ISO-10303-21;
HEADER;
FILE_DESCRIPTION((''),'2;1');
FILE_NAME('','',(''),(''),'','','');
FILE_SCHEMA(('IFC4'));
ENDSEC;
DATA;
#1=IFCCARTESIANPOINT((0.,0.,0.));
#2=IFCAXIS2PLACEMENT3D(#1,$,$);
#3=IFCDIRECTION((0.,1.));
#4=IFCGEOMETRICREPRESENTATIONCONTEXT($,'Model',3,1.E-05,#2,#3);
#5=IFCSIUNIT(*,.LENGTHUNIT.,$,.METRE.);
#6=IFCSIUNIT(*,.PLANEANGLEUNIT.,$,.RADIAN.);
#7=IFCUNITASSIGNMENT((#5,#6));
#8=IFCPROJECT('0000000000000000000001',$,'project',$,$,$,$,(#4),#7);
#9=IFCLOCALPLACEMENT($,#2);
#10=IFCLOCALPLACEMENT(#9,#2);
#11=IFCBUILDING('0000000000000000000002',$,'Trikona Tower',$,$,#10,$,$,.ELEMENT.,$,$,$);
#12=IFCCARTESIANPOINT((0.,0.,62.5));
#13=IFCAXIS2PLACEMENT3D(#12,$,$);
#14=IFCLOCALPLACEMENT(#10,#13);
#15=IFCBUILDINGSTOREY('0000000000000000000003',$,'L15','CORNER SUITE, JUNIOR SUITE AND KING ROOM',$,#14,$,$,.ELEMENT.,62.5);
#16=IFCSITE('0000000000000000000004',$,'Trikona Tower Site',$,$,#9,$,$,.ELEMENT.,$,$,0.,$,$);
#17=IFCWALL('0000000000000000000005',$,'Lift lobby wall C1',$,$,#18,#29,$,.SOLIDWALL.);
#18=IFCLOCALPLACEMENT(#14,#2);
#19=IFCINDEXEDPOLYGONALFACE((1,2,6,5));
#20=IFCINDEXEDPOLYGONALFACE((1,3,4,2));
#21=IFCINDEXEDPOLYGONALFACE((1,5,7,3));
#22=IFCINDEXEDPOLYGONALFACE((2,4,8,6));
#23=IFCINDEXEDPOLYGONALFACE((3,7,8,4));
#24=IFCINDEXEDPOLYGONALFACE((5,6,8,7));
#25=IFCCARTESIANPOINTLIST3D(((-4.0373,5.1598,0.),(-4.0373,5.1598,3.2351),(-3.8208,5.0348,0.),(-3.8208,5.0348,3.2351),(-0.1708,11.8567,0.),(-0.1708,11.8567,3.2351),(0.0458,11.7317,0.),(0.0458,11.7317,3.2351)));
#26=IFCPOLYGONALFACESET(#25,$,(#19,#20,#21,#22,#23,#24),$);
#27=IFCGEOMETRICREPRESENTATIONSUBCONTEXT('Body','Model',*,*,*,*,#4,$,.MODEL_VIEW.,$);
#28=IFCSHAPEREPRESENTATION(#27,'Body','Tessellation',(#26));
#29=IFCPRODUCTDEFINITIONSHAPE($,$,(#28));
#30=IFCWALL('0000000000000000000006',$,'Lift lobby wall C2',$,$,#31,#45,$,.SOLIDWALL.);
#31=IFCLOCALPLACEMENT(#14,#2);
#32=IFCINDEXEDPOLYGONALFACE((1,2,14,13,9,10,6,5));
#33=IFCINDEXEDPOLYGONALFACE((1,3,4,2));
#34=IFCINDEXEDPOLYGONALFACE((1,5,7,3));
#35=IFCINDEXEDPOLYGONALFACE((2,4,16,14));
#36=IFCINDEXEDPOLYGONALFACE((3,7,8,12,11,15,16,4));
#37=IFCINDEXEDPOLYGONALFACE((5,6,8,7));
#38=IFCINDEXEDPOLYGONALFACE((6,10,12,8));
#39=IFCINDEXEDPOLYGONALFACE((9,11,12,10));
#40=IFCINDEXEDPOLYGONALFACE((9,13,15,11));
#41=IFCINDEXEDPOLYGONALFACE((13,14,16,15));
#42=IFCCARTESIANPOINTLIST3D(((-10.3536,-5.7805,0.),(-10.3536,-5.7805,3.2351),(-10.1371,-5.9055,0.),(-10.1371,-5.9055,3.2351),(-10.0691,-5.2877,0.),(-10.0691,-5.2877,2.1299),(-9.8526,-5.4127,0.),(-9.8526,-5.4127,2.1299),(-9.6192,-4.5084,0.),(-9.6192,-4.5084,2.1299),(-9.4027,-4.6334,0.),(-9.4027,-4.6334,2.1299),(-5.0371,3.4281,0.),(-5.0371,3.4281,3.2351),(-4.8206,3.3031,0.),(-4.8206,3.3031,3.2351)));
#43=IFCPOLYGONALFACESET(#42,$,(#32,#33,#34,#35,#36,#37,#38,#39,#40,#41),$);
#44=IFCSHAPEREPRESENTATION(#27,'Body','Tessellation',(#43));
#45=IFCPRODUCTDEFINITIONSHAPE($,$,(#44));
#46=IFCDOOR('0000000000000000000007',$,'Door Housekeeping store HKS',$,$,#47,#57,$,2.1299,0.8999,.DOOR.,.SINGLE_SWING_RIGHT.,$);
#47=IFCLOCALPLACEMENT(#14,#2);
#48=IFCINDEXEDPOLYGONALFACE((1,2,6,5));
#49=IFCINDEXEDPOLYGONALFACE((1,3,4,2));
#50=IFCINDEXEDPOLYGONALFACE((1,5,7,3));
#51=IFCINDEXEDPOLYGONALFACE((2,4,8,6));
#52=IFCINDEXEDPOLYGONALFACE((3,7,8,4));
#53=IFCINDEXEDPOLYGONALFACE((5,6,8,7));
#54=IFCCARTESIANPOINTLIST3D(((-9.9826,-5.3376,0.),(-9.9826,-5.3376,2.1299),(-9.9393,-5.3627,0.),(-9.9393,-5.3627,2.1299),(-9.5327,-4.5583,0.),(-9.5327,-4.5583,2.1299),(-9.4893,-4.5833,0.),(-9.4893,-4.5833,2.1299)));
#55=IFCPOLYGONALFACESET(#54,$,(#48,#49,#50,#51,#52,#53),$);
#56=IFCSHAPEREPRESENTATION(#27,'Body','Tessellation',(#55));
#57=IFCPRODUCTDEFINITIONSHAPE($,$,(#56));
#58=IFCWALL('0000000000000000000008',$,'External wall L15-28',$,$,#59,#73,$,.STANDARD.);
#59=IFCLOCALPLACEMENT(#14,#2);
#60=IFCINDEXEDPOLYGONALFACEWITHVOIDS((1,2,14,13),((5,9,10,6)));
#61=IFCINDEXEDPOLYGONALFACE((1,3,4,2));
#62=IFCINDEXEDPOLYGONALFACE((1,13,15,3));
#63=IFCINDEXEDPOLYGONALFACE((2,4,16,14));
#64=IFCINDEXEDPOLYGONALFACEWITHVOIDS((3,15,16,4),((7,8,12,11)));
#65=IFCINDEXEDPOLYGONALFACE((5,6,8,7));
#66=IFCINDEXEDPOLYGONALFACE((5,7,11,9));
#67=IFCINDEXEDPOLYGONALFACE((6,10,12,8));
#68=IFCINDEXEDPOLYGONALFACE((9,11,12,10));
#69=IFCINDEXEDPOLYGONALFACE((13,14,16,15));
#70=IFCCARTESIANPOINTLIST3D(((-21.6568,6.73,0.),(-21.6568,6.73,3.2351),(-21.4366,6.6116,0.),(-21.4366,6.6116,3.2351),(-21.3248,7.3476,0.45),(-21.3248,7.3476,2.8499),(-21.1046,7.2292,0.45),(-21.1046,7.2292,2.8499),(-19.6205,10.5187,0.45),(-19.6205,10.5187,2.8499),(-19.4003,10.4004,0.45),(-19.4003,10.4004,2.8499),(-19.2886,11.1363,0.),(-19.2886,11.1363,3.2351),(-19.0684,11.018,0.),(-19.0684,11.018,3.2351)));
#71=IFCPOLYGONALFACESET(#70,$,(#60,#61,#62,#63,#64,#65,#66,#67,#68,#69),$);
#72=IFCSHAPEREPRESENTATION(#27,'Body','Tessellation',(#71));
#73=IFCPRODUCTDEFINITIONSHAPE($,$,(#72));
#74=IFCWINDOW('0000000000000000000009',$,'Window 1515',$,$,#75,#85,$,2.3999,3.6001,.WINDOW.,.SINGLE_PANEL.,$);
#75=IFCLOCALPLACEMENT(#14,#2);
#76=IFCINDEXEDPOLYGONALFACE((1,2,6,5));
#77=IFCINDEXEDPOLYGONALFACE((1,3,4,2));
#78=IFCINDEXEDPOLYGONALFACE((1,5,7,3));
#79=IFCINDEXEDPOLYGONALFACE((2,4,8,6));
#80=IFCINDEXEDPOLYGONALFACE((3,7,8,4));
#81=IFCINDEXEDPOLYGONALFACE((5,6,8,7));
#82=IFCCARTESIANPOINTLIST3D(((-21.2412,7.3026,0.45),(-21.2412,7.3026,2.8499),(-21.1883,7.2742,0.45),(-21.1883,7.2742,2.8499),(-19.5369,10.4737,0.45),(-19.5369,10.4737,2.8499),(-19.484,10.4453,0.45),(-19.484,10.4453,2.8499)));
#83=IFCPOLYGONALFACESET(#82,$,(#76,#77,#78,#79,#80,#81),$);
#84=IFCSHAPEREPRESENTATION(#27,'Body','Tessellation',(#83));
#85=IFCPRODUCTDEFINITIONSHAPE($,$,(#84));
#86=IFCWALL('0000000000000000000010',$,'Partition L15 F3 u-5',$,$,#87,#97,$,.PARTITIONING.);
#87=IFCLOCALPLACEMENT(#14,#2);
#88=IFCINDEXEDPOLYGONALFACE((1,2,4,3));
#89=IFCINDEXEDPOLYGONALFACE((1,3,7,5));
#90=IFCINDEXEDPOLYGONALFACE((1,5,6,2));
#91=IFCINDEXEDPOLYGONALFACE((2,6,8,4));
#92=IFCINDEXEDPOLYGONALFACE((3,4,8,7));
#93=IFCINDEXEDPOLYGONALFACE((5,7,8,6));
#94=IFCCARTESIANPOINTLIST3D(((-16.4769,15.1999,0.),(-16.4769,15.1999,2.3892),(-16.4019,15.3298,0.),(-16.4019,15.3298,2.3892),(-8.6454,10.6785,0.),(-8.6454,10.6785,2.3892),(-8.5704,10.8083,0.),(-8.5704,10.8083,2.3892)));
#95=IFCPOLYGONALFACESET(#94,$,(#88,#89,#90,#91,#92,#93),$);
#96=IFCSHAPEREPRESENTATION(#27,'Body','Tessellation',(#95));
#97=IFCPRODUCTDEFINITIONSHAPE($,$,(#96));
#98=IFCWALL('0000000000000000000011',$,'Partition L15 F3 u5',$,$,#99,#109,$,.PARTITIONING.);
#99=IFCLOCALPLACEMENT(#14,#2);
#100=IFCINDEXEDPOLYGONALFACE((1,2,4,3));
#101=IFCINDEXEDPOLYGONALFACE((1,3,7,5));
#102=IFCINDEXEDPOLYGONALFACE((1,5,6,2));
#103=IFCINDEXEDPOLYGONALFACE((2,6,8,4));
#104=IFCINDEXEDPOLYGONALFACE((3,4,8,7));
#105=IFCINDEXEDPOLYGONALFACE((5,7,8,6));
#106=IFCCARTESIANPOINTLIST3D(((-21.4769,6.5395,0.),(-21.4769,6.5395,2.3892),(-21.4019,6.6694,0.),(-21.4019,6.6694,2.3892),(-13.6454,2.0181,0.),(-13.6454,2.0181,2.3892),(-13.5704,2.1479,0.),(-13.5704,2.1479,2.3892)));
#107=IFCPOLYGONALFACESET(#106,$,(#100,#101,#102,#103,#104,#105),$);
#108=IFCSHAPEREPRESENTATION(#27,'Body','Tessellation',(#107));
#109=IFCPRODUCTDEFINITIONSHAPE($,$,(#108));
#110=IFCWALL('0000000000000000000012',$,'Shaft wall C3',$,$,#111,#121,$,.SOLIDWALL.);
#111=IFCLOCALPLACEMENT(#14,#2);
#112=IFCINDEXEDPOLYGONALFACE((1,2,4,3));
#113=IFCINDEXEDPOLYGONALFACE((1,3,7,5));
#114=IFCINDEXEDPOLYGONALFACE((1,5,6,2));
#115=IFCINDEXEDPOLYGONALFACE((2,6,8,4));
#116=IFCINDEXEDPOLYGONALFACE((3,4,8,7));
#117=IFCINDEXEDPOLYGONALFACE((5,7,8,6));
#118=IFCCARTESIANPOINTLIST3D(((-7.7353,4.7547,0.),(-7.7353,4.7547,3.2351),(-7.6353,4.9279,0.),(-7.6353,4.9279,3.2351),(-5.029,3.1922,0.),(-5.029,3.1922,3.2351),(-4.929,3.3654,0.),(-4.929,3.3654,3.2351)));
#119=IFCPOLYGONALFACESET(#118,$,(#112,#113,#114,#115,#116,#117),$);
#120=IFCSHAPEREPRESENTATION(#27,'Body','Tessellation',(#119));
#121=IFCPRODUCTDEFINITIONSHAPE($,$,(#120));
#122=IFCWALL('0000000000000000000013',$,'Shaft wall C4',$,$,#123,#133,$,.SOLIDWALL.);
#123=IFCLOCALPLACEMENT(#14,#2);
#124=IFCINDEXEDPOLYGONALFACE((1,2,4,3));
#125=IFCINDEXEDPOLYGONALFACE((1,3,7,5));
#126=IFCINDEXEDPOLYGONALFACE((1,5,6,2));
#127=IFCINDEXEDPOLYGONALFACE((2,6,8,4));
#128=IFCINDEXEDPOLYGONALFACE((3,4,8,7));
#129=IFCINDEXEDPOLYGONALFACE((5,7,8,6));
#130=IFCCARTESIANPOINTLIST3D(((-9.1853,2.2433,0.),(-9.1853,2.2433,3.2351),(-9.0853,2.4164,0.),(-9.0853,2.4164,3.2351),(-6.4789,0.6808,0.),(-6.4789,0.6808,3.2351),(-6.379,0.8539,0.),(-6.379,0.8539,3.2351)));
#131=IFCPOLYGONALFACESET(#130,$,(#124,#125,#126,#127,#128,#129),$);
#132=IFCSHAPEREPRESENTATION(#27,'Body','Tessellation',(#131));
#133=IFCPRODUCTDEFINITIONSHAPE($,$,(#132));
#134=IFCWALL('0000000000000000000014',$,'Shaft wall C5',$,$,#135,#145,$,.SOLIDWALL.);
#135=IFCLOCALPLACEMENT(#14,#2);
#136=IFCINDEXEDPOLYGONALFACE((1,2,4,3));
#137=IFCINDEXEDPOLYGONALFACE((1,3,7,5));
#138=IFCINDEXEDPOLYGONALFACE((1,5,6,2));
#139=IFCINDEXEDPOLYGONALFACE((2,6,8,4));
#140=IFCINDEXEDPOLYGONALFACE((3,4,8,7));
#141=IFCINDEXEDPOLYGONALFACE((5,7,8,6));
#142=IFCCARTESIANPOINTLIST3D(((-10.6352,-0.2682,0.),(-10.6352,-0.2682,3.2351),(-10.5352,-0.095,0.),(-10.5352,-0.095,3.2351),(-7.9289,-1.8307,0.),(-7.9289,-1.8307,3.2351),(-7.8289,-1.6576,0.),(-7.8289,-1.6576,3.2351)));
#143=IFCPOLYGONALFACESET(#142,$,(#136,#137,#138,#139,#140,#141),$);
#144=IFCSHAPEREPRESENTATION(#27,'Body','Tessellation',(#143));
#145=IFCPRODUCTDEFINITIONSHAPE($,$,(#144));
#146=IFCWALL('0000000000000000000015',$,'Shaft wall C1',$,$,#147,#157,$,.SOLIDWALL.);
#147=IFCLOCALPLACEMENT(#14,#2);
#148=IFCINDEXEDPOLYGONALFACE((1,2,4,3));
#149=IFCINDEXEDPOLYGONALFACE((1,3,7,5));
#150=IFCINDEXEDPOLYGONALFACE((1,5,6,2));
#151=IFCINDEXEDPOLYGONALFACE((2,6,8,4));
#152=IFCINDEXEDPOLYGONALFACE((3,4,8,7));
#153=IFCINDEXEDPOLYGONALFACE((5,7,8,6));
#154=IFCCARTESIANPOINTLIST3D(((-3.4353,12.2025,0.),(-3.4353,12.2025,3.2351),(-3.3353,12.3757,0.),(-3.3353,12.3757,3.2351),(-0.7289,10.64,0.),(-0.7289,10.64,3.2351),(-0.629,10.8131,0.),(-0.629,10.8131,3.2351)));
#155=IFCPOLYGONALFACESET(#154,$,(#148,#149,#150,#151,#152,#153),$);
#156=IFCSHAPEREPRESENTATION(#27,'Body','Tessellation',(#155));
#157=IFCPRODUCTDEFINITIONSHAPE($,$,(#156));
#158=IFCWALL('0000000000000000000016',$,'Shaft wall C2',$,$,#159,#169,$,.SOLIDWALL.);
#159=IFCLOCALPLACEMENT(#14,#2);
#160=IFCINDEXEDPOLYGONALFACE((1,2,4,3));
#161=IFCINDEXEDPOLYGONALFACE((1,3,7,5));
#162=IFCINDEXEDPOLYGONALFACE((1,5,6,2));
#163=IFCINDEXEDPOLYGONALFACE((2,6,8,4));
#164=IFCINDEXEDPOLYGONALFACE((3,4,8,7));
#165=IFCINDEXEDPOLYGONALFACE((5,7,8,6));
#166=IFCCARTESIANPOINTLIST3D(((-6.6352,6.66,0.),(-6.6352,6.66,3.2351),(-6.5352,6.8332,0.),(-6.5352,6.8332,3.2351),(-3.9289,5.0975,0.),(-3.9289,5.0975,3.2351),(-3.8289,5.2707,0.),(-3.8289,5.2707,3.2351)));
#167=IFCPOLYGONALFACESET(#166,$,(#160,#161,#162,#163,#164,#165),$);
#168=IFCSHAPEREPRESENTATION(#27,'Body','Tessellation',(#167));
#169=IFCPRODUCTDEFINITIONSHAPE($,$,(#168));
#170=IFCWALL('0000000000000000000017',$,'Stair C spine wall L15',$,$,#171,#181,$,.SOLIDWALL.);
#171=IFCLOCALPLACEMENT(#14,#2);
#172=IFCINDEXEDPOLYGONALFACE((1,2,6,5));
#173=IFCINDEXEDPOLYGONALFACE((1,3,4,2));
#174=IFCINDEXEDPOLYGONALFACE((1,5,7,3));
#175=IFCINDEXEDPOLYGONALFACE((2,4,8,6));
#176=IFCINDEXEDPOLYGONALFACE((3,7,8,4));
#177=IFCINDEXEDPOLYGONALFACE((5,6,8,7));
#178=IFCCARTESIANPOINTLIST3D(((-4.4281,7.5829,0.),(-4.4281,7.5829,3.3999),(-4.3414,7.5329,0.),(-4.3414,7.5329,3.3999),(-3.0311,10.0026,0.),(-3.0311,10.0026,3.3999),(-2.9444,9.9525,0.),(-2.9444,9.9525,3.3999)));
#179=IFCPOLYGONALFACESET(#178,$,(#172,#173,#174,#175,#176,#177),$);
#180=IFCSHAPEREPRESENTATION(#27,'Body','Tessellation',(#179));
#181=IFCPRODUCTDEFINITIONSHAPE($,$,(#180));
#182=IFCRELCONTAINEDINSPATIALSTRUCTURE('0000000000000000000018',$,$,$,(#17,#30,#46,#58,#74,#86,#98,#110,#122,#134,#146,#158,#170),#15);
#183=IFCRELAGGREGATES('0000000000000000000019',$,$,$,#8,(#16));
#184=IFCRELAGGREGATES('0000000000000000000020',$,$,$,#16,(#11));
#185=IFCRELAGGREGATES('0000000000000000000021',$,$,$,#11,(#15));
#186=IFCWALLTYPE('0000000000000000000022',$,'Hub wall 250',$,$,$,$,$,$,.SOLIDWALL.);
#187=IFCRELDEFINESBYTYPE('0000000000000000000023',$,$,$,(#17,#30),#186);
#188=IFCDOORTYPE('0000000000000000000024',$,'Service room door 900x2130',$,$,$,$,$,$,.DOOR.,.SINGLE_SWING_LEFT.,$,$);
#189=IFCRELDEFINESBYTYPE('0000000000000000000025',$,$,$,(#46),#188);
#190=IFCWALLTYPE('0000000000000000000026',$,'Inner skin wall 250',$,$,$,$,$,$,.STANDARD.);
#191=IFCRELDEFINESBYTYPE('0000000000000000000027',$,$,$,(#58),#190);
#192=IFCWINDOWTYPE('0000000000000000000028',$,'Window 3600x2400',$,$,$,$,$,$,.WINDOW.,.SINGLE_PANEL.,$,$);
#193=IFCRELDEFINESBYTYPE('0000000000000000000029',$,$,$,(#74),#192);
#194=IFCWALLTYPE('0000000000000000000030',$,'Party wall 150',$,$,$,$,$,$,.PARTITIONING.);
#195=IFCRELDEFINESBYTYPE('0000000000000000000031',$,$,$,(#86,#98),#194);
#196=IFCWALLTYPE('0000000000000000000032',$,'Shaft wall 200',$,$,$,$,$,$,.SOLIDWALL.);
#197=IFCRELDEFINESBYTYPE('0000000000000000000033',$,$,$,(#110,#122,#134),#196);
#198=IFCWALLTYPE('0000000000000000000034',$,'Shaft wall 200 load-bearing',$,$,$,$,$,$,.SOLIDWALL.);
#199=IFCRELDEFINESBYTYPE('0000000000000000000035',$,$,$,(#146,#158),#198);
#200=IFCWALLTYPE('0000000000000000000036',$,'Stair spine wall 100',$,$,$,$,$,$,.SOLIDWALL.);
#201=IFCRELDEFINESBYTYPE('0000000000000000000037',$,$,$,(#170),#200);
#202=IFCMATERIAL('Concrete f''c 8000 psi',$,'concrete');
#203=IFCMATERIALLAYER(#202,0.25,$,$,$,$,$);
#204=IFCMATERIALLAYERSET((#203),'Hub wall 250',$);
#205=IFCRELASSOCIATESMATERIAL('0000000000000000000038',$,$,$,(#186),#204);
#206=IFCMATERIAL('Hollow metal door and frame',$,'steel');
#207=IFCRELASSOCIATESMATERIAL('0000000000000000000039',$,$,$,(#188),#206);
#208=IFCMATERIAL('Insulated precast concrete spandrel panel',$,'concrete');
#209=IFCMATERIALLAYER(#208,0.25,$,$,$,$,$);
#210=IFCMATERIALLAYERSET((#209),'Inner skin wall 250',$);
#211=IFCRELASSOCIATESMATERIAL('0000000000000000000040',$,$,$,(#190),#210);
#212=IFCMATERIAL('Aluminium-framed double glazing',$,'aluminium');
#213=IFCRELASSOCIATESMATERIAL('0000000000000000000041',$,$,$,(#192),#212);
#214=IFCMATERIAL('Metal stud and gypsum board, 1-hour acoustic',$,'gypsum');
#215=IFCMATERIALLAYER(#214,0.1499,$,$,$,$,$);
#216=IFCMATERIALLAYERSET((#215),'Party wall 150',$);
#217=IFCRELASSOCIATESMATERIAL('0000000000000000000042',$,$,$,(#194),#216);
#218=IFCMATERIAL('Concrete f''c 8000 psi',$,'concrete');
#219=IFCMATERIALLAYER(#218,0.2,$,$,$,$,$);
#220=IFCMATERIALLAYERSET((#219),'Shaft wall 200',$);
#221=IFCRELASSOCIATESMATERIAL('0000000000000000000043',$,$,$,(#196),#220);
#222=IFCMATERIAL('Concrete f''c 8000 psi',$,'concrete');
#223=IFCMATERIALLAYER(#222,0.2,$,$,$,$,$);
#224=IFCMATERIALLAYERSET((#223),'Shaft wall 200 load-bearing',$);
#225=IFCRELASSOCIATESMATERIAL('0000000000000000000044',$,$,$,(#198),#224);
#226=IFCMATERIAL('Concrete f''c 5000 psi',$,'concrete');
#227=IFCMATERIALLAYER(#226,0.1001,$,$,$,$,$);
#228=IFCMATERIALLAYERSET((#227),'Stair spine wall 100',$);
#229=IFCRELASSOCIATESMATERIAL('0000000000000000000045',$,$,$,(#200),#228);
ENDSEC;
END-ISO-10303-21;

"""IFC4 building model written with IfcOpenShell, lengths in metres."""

from ifc_helpers import new_model, si_unit, direction, frame, frame_2d, origin, place, context, subcontext, project, spatial, rectangle, extrude, material, layer, layer_set, type_object, element, fill, save


model = new_model("IFC4")

# Units and contexts
model_context = context("Model", 3, precision=1e-05, world=origin(), true_north=direction((0.0, 1.0)))
body_context = subcontext(model_context, "Body", "Model", "MODEL_VIEW")
ifc_project = project(units=[si_unit("LENGTHUNIT", "METRE"), si_unit("PLANEANGLEUNIT", "RADIAN")], contexts=[model_context])

# Site, building, storey
site_placement = place(None, origin())
site = spatial("IfcSite", under=ifc_project, at=site_placement, Name="Trikona Tower Site", CompositionType="ELEMENT", RefElevation=0.0)
building_placement = place(site_placement, origin())
building = spatial("IfcBuilding", under=site, at=building_placement, Name="Trikona Tower", CompositionType="ELEMENT")
storey_placement = place(building_placement, frame((0.0, 0.0, 62.5)))
storey = spatial("IfcBuildingStorey", under=building, at=storey_placement, Name="L15", Description="CORNER SUITE, JUNIOR SUITE AND KING ROOM", CompositionType="ELEMENT", Elevation=62.5)

# Wall
ifc_material_1 = material(Name="Concrete f'c 8000 psi", Category="concrete")
ifc_layer_1 = layer(ifc_material_1, 0.25)
ifc_layer_set_1 = layer_set([ifc_layer_1], Name="Hub wall 250")
wall_type_1 = type_object("IfcWallType", Name="Hub wall 250", PredefinedType="SOLIDWALL", material=ifc_layer_set_1)
wall_1_placement = place(storey_placement, frame((-0.0625, 11.7942, 0.0), z_axis=(0.0, 0.0, 1.0), x_axis=(-0.500007, -0.866022, 0.0)))
element("IfcWall", 1, at=wall_1_placement, inside=storey, type_object=wall_type_1, Name="Lift lobby wall C1", PredefinedType="SOLIDWALL", context=body_context, shape_type="SweptSolid", body=[
    extrude(rectangle(XDim=7.7329, YDim=0.25, at=frame_2d((3.8665, 0.0))), origin(), (0.0, 0.0, 1.0), 3.2351),
])

# Wall, opening, door
wall_2_placement = place(storey_placement, frame((-4.929, 3.3655, 0.0), z_axis=(0.0, 0.0, 1.0), x_axis=(-0.499991, -0.86603, 0.0)))
wall_2 = element("IfcWall", 2, at=wall_2_placement, inside=storey, type_object=wall_type_1, Name="Lift lobby wall C2", PredefinedType="SOLIDWALL", context=body_context, shape_type="SweptSolid", body=[
    extrude(rectangle(XDim=10.6331, YDim=0.25, at=frame_2d((5.3164, 0.0))), origin(), (0.0, 0.0, 1.0), 3.2351),
])
opening_1_placement = place(wall_2_placement, frame((9.1641, 0.0, 0.0)))
opening_1 = element("IfcOpeningElement", 3, at=opening_1_placement, cuts=wall_2, PredefinedType="OPENING", context=body_context, shape_type="SweptSolid", body=[
    extrude(rectangle(XDim=0.8999, YDim=2.1299, at=frame_2d((0.45, 1.0649))), frame((0.0, 0.135, 0.0), z_axis=(0.0, -1.0, 0.0), x_axis=(1.0, 0.0, 0.0)), (0.0, 0.0, 1.0), 0.27),
])
ifc_material_2 = material(Name="Hollow metal door and frame", Category="steel")
door_type_1 = type_object("IfcDoorType", Name="Service room door 900x2130", OperationType="SINGLE_SWING_LEFT", PredefinedType="DOOR", material=ifc_material_2)
door_1_placement = place(opening_1_placement, origin())
door_1 = element("IfcDoor", 4, at=door_1_placement, inside=storey, type_object=door_type_1, Name="Door Housekeeping store HKS", OperationType="SINGLE_SWING_RIGHT", OverallHeight=2.1299, OverallWidth=0.8999, PredefinedType="DOOR", context=body_context, shape_type="SweptSolid", body=[
    extrude(rectangle(XDim=0.8999, YDim=2.1299, at=frame_2d((0.45, 1.0649))), frame((0.0, 0.0249, 0.0), z_axis=(0.0, -1.0, 0.0), x_axis=(1.0, 0.0, 0.0)), (0.0, 0.0, 1.0), 0.05),
])
fill(opening_1, door_1)

# Wall, opening, window
ifc_material_3 = material(Name="Insulated precast concrete spandrel panel", Category="concrete")
ifc_layer_2 = layer(ifc_material_3, 0.25)
ifc_layer_set_2 = layer_set([ifc_layer_2], Name="Inner skin wall 250")
wall_type_2 = type_object("IfcWallType", Name="Inner skin wall 250", PredefinedType="STANDARD", material=ifc_layer_set_2)
wall_3_placement = place(storey_placement, frame((-19.1785, 11.0771, 0.0), z_axis=(0.0, 0.0, 1.0), x_axis=(-0.473413, -0.880841, 0.0)))
wall_3 = element("IfcWall", 5, at=wall_3_placement, inside=storey, type_object=wall_type_2, Name="External wall L15-28", PredefinedType="STANDARD", context=body_context, shape_type="SweptSolid", body=[
    extrude(rectangle(XDim=5.0024, YDim=0.25, at=frame_2d((2.5012, 0.0))), origin(), (0.0, 0.0, 1.0), 3.2351),
])
opening_2_placement = place(wall_3_placement, frame((0.7012, 0.0, 0.45)))
opening_2 = element("IfcOpeningElement", 6, at=opening_2_placement, cuts=wall_3, PredefinedType="OPENING", context=body_context, shape_type="SweptSolid", body=[
    extrude(rectangle(XDim=3.6001, YDim=2.3999, at=frame_2d((1.8, 1.2))), frame((0.0, 0.135, 0.0), z_axis=(0.0, -1.0, 0.0), x_axis=(1.0, 0.0, 0.0)), (0.0, 0.0, 1.0), 0.27),
])
ifc_material_4 = material(Name="Aluminium-framed double glazing", Category="aluminium")
window_type = type_object("IfcWindowType", Name="Window 3600x2400", PartitioningType="SINGLE_PANEL", PredefinedType="WINDOW", material=ifc_material_4)
window_placement = place(opening_2_placement, origin())
window = element("IfcWindow", 7, at=window_placement, inside=storey, type_object=window_type, Name="Window 1515", OverallHeight=2.3999, OverallWidth=3.6001, PartitioningType="SINGLE_PANEL", PredefinedType="WINDOW", context=body_context, shape_type="SweptSolid", body=[
    extrude(rectangle(XDim=3.6001, YDim=2.3999, at=frame_2d((1.8, 1.2))), frame((0.0, 0.03, 0.0), z_axis=(0.0, -1.0, 0.0), x_axis=(1.0, 0.0, 0.0)), (0.0, 0.0, 1.0), 0.0601),
])
fill(opening_2, window)

# Walls
ifc_material_5 = material(Name="Metal stud and gypsum board, 1-hour acoustic", Category="gypsum")
ifc_layer_3 = layer(ifc_material_5, 0.1499)
ifc_layer_set_3 = layer_set([ifc_layer_3], Name="Party wall 150")
wall_type_3 = type_object("IfcWallType", Name="Party wall 150", PredefinedType="PARTITIONING", material=ifc_layer_set_3)
for number, where, z_axis, x_axis, name in (
    (8, (-8.6079, 10.7434, 0.0), (0.0, 0.0, 1.0), (-0.866028, 0.499995, 0.0), "Partition L15 F3 u-5"),
    (9, (-13.6079, 2.083, 0.0), (0.0, 0.0, 1.0), (-0.866028, 0.499995, 0.0), "Partition L15 F3 u5"),
):
    element("IfcWall", number, at=place(storey_placement, frame(where, z_axis=z_axis, x_axis=x_axis)), inside=storey, type_object=wall_type_3, Name=name, PredefinedType="PARTITIONING", context=body_context, shape_type="SweptSolid", body=[
        extrude(rectangle(XDim=9.043, YDim=0.1499, at=frame_2d((4.5215, 0.0))), origin(), (0.0, 0.0, 1.0), 2.3892),
    ])
ifc_material_6 = material(Name="Concrete f'c 8000 psi", Category="concrete")
ifc_layer_4 = layer(ifc_material_6, 0.2)
ifc_layer_set_4 = layer_set([ifc_layer_4], Name="Shaft wall 200")
wall_type_4 = type_object("IfcWallType", Name="Shaft wall 200", PredefinedType="SOLIDWALL", material=ifc_layer_set_4)
for number, where, z_axis, x_axis, name in (
    (10, (-4.979, 3.2788, 0.0), (0.0, 0.0, 1.0), (-0.866023, 0.500004, 0.0), "Shaft wall C3"),
    (11, (-6.429, 0.7673, 0.0), (0.0, 0.0, 1.0), (-0.866023, 0.500004, 0.0), "Shaft wall C4"),
    (12, (-7.8789, -1.7441, 0.0), (0.0, 0.0, 1.0), (-0.866023, 0.500004, 0.0), "Shaft wall C5"),
):
    element("IfcWall", number, at=place(storey_placement, frame(where, z_axis=z_axis, x_axis=x_axis)), inside=storey, type_object=wall_type_4, Name=name, PredefinedType="SOLIDWALL", context=body_context, shape_type="SweptSolid", body=[
        extrude(rectangle(XDim=3.125, YDim=0.2, at=frame_2d((1.5625, 0.0))), origin(), (0.0, 0.0, 1.0), 3.2351),
    ])
ifc_material_7 = material(Name="Concrete f'c 8000 psi", Category="concrete")
ifc_layer_5 = layer(ifc_material_7, 0.2)
ifc_layer_set_5 = layer_set([ifc_layer_5], Name="Shaft wall 200 load-bearing")
wall_type_5 = type_object("IfcWallType", Name="Shaft wall 200 load-bearing", PredefinedType="SOLIDWALL", material=ifc_layer_set_5)
for number, where, z_axis, x_axis, name in (
    (13, (-0.679, 10.7266, 0.0), (0.0, 0.0, 1.0), (-0.866023, 0.500004, 0.0), "Shaft wall C1"),
    (14, (-3.8789, 5.1841, 0.0), (0.0, 0.0, 1.0), (-0.866023, 0.500004, 0.0), "Shaft wall C2"),
):
    element("IfcWall", number, at=place(storey_placement, frame(where, z_axis=z_axis, x_axis=x_axis)), inside=storey, type_object=wall_type_5, Name=name, PredefinedType="SOLIDWALL", context=body_context, shape_type="SweptSolid", body=[
        extrude(rectangle(XDim=3.125, YDim=0.2, at=frame_2d((1.5625, 0.0))), origin(), (0.0, 0.0, 1.0), 3.2351),
    ])
ifc_material_8 = material(Name="Concrete f'c 5000 psi", Category="concrete")
ifc_layer_6 = layer(ifc_material_8, 0.1001)
ifc_layer_set_6 = layer_set([ifc_layer_6], Name="Stair spine wall 100")
wall_type_6 = type_object("IfcWallType", Name="Stair spine wall 100", PredefinedType="SOLIDWALL", material=ifc_layer_set_6)
wall_4_placement = place(storey_placement, frame((-2.9878, 9.9775, 0.0), z_axis=(0.0, 0.0, 1.0), x_axis=(-0.499992, -0.86603, 0.0)))
element("IfcWall", 15, at=wall_4_placement, inside=storey, type_object=wall_type_6, Name="Stair C spine wall L15", PredefinedType="SOLIDWALL", context=body_context, shape_type="SweptSolid", body=[
    extrude(rectangle(XDim=2.7939, YDim=0.1001, at=frame_2d((1.397, 0.0))), origin(), (0.0, 0.0, 1.0), 3.3999),
])

save(model, "model.ifc")
